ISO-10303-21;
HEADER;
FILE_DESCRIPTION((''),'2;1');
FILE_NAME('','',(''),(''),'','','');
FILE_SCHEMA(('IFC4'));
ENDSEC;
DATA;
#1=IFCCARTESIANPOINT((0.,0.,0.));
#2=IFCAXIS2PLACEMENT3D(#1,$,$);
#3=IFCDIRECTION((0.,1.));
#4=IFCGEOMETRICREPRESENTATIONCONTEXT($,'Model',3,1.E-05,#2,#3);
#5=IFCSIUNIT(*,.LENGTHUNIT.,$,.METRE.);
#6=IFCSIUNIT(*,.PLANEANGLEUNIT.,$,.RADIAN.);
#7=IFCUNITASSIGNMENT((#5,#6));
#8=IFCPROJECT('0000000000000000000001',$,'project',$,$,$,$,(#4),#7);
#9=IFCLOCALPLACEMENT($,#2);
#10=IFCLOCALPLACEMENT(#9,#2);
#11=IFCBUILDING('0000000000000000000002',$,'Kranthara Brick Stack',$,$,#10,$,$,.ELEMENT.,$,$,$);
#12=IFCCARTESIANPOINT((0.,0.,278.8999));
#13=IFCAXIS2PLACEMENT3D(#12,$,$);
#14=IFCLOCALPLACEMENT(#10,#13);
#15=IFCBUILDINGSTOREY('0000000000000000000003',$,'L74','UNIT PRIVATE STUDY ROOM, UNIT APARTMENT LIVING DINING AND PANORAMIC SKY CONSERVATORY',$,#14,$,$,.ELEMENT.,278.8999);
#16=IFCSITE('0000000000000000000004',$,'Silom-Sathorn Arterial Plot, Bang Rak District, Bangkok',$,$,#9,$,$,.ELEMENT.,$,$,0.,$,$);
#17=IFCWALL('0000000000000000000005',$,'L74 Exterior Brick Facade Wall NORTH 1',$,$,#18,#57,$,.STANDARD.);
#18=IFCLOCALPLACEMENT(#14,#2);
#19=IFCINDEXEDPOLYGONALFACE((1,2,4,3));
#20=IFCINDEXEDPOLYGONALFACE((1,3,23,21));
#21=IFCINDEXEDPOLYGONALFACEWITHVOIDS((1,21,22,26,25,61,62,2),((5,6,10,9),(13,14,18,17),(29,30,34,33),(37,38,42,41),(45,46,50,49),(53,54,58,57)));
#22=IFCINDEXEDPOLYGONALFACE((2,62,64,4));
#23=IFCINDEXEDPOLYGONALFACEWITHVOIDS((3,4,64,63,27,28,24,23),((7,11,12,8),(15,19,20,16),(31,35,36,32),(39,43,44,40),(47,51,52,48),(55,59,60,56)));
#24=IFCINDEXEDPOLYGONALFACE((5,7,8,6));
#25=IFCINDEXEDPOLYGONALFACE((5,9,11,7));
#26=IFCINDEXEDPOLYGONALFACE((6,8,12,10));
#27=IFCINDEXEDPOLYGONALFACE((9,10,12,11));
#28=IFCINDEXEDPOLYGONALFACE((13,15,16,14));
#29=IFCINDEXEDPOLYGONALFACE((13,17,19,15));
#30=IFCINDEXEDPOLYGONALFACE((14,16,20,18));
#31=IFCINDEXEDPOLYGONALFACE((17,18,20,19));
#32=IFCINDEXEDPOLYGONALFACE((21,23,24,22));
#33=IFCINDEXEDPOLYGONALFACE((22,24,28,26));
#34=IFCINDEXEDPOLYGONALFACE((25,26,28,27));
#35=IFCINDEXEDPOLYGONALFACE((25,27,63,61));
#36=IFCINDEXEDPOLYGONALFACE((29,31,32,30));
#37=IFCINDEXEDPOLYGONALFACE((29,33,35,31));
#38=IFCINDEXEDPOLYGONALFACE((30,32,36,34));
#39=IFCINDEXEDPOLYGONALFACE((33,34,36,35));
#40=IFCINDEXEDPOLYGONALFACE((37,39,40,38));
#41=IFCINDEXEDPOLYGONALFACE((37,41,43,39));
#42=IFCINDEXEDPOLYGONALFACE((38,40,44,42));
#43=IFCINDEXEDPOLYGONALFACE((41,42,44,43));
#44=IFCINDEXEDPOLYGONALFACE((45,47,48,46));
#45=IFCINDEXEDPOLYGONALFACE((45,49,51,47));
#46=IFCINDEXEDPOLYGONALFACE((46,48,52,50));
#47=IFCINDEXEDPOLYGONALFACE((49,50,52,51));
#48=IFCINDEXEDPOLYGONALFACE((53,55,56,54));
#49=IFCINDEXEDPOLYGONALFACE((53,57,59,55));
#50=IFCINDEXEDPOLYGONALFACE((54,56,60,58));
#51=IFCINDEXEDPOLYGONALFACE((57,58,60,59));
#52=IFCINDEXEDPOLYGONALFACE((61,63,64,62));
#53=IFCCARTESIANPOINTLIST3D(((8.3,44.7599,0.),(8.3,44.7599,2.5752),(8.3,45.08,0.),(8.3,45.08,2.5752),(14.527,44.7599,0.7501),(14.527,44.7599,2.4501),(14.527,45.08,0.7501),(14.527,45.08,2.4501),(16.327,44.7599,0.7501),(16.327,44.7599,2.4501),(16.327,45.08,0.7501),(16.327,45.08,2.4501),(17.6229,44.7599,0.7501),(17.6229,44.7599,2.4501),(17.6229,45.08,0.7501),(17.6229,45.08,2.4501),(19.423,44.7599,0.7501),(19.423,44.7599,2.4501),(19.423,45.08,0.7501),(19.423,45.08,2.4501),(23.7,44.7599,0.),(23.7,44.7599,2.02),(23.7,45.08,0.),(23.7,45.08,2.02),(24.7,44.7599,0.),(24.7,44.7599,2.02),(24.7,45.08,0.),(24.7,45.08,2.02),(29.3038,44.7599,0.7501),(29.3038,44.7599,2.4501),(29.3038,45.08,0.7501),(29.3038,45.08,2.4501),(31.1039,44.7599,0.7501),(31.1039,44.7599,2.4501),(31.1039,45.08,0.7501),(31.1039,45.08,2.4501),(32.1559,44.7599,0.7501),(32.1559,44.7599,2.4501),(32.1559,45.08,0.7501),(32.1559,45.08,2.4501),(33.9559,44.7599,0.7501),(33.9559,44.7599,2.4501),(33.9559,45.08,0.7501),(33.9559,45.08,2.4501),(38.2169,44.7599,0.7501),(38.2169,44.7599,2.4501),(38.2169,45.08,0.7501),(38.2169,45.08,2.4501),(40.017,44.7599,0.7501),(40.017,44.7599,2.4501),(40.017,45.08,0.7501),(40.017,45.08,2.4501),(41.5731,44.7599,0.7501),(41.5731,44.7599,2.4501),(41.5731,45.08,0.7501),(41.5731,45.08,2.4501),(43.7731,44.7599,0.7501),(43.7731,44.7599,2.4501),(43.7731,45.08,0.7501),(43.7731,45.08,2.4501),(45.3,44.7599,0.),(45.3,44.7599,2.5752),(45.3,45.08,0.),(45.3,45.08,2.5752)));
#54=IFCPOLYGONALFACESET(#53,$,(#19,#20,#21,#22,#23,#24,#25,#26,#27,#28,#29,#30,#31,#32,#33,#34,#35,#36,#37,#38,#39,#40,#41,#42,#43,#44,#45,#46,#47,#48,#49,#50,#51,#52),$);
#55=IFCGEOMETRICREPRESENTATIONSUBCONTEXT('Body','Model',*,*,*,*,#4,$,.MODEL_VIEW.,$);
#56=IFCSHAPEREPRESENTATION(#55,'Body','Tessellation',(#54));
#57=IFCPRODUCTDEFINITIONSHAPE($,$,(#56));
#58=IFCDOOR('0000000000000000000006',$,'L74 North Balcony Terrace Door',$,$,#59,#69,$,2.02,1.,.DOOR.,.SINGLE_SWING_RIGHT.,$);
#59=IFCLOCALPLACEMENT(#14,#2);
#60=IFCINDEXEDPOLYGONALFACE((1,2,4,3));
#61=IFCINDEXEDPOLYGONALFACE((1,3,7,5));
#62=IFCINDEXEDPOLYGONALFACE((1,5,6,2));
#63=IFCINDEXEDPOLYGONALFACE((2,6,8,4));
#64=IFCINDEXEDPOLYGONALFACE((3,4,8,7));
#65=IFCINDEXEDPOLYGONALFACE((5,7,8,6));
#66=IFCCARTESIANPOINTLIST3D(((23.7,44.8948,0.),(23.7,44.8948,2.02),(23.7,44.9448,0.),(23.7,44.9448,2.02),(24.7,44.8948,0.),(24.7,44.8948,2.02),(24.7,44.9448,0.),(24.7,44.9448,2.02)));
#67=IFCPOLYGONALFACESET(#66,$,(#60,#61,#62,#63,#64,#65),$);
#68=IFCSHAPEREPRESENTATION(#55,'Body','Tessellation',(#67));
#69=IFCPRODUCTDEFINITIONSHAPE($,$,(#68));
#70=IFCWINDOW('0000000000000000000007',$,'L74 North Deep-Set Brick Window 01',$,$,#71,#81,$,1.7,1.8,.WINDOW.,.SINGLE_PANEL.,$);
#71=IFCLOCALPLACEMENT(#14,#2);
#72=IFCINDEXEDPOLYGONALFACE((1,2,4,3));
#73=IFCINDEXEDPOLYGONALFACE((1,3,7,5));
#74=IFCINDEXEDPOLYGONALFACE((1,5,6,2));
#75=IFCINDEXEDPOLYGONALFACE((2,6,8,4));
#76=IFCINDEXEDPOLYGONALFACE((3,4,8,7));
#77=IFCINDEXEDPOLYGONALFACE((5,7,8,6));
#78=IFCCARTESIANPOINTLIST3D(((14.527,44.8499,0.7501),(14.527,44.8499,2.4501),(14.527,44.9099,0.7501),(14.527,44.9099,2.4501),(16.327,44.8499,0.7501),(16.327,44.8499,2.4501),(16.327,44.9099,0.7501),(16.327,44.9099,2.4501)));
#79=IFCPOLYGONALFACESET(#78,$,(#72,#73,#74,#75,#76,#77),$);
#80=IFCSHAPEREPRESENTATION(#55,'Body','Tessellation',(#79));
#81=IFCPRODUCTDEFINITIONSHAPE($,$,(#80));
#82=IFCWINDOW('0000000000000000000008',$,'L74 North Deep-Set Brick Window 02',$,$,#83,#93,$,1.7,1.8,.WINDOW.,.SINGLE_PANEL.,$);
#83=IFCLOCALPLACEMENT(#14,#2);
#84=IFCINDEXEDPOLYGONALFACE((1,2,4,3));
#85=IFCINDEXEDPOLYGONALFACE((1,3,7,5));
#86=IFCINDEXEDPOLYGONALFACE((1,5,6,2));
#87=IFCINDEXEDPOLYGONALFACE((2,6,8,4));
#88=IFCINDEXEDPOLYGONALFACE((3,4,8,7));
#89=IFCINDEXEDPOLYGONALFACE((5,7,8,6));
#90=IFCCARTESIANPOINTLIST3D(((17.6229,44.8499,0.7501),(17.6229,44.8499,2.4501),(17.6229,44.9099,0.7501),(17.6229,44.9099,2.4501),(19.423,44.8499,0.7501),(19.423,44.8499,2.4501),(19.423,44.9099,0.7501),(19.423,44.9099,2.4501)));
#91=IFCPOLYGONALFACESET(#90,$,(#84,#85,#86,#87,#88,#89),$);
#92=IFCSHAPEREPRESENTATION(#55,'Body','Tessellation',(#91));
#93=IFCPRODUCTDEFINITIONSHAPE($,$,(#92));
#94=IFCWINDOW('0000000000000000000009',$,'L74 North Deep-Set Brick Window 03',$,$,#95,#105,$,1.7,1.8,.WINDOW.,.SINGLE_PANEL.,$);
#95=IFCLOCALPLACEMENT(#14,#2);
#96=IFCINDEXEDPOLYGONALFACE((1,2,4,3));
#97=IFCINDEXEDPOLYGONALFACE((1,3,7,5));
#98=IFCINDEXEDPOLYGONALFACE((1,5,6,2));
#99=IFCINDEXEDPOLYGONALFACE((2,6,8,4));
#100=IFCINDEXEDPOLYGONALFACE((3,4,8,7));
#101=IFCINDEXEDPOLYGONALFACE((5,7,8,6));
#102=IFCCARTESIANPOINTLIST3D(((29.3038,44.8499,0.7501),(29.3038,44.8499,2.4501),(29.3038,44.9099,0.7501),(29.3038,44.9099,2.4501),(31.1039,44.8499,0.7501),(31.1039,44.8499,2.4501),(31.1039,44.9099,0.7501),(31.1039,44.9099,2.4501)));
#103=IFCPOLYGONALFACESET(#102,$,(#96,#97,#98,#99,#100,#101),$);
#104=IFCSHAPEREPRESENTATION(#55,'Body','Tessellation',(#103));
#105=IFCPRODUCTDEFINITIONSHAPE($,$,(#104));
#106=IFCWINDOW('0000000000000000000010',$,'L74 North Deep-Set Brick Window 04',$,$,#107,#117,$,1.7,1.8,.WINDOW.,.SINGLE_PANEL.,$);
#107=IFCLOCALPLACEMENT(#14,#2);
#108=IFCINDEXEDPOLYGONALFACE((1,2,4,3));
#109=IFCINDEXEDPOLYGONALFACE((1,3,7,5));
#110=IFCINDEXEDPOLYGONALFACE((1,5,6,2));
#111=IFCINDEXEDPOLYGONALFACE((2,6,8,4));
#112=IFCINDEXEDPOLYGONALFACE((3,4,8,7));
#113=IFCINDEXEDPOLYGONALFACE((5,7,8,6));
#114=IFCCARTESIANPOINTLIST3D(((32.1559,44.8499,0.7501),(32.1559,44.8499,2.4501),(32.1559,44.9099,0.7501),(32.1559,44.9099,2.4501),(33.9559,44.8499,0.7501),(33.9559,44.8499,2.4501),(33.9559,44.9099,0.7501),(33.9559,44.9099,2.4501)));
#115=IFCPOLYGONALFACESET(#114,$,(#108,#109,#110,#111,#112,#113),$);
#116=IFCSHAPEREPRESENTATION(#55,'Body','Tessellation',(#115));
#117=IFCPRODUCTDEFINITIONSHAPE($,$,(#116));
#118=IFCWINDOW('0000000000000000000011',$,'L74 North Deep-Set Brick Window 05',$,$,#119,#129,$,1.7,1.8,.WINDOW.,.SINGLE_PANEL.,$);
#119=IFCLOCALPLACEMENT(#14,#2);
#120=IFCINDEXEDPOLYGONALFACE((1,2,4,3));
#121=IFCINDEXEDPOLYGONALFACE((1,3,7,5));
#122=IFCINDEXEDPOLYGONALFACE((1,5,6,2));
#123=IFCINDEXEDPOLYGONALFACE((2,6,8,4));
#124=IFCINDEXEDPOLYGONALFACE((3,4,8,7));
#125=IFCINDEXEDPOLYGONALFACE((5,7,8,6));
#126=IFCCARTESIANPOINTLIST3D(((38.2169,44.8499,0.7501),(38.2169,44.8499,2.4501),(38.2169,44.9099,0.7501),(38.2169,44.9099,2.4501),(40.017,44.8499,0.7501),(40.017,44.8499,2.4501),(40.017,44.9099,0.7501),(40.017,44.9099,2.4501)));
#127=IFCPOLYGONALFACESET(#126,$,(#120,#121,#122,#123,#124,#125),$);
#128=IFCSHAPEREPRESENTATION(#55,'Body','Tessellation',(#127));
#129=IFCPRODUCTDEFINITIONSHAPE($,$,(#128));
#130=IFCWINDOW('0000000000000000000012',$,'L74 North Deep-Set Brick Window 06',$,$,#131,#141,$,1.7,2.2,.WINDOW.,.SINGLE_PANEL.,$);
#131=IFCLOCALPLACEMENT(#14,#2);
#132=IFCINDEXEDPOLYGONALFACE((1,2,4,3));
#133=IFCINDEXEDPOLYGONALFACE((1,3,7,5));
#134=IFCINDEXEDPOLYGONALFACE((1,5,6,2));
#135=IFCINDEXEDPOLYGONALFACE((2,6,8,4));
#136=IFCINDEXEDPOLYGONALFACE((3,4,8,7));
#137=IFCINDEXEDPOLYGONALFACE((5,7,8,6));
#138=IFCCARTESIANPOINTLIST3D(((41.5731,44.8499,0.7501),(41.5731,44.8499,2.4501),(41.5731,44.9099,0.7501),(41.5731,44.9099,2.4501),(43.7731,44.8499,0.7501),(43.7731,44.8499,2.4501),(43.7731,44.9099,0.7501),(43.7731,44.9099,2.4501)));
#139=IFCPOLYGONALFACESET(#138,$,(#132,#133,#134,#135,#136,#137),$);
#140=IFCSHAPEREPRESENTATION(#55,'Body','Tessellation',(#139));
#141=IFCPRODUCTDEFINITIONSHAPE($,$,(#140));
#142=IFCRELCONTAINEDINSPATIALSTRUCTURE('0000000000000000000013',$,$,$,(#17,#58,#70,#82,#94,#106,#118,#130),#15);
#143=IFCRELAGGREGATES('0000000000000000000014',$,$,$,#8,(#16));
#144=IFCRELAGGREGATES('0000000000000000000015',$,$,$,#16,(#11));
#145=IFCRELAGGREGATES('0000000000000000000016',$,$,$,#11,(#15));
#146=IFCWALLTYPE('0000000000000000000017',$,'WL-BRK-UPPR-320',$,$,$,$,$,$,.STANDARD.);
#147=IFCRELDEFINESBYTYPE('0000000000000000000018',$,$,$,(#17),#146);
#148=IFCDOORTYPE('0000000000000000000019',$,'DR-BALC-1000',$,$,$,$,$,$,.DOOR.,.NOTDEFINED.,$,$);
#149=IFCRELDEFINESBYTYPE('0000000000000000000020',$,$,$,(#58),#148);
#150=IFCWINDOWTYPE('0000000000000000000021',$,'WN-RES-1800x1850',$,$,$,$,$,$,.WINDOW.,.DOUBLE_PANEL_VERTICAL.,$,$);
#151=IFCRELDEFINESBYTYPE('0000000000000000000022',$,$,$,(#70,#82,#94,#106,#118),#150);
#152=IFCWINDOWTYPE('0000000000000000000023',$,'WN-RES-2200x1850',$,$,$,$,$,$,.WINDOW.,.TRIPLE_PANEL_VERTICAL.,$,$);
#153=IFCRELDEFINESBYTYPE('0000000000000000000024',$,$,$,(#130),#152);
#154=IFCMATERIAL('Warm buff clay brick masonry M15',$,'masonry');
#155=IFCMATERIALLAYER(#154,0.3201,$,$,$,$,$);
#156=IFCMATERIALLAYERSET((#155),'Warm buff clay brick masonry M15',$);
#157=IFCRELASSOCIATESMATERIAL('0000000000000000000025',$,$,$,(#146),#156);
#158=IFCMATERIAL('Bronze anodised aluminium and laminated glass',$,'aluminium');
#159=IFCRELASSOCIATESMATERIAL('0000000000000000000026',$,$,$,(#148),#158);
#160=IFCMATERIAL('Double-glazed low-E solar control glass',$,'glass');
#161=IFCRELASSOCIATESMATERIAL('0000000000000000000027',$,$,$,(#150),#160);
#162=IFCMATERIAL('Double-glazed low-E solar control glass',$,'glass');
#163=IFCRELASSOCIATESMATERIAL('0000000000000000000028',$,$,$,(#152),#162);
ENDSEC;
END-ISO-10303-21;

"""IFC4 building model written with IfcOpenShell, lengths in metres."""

from ifc_helpers import new_model, si_unit, direction, frame, frame_2d, origin, place, context, subcontext, project, spatial, rectangle, extrude, material, layer, layer_set, type_object, element, fill, save


model = new_model("IFC4")

# Units and contexts
model_context = context("Model", 3, precision=1e-05, world=origin(), true_north=direction((0.0, 1.0)))
body_context = subcontext(model_context, "Body", "Model", "MODEL_VIEW")
ifc_project = project(units=[si_unit("LENGTHUNIT", "METRE"), si_unit("PLANEANGLEUNIT", "RADIAN")], contexts=[model_context])

# Site, building, storey
site_placement = place(None, origin())
site = spatial("IfcSite", under=ifc_project, at=site_placement, Name="Silom-Sathorn Arterial Plot, Bang Rak District, Bangkok", CompositionType="ELEMENT", RefElevation=0.0)
building_placement = place(site_placement, origin())
building = spatial("IfcBuilding", under=site, at=building_placement, Name="Kranthara Brick Stack", CompositionType="ELEMENT")
storey_placement = place(building_placement, frame((0.0, 0.0, 278.8999)))
storey = spatial("IfcBuildingStorey", under=building, at=storey_placement, Name="L74", Description="UNIT PRIVATE STUDY ROOM, UNIT APARTMENT LIVING DINING AND PANORAMIC SKY CONSERVATORY", CompositionType="ELEMENT", Elevation=278.8999)

# Wall, openings, door, windows
ifc_material_1 = material(Name="Warm buff clay brick masonry M15", Category="masonry")
ifc_layer_1 = layer(ifc_material_1, 0.3201)
ifc_layer_set_1 = layer_set([ifc_layer_1], Name="Warm buff clay brick masonry M15")
wall_type_1 = type_object("IfcWallType", Name="WL-BRK-UPPR-320", PredefinedType="STANDARD", material=ifc_layer_set_1)
wall_1_placement = place(storey_placement, frame((8.3, 44.9199, 0.0), z_axis=(0.0, 0.0, 1.0), x_axis=(1.0, 0.0, 0.0)))
wall_1 = element("IfcWall", 1, at=wall_1_placement, inside=storey, type_object=wall_type_1, Name="L74 Exterior Brick Facade Wall NORTH 1", PredefinedType="STANDARD", context=body_context, shape_type="SweptSolid", body=[
    extrude(rectangle(XDim=37.0, YDim=0.3201, at=frame_2d((18.5, 0.0))), origin(), (0.0, 0.0, 1.0), 2.5752),
])
opening_1_placement = place(wall_1_placement, frame((15.3999, 0.0, 0.0)))
opening_1 = element("IfcOpeningElement", 2, at=opening_1_placement, cuts=wall_1, PredefinedType="OPENING", context=body_context, shape_type="SweptSolid", body=[
    extrude(rectangle(XDim=1.0, YDim=2.02, at=frame_2d((0.5, 1.01))), frame((0.0, 0.1699, 0.0), z_axis=(0.0, -1.0, 0.0), x_axis=(1.0, 0.0, 0.0)), (0.0, 0.0, 1.0), 0.3401),
])
opening_2_placement = place(wall_1_placement, frame((6.2271, 0.0, 0.75)))
opening_2 = element("IfcOpeningElement", 3, at=opening_2_placement, cuts=wall_1, PredefinedType="OPENING", context=body_context, shape_type="SweptSolid", body=[
    extrude(rectangle(XDim=1.8, YDim=1.7, at=frame_2d((0.8999, 0.8501))), frame((0.0, 0.1699, 0.0), z_axis=(0.0, -1.0, 0.0), x_axis=(1.0, 0.0, 0.0)), (0.0, 0.0, 1.0), 0.3401),
])
opening_3_placement = place(wall_1_placement, frame((9.323, 0.0, 0.75)))
opening_3 = element("IfcOpeningElement", 4, at=opening_3_placement, cuts=wall_1, PredefinedType="OPENING", context=body_context, shape_type="SweptSolid", body=[
    extrude(rectangle(XDim=1.8, YDim=1.7, at=frame_2d((0.8999, 0.8501))), frame((0.0, 0.1699, 0.0), z_axis=(0.0, -1.0, 0.0), x_axis=(1.0, 0.0, 0.0)), (0.0, 0.0, 1.0), 0.3401),
])
opening_4_placement = place(wall_1_placement, frame((21.0039, 0.0, 0.75)))
opening_4 = element("IfcOpeningElement", 5, at=opening_4_placement, cuts=wall_1, PredefinedType="OPENING", context=body_context, shape_type="SweptSolid", body=[
    extrude(rectangle(XDim=1.8, YDim=1.7, at=frame_2d((0.8999, 0.8501))), frame((0.0, 0.1699, 0.0), z_axis=(0.0, -1.0, 0.0), x_axis=(1.0, 0.0, 0.0)), (0.0, 0.0, 1.0), 0.3401),
])
opening_5_placement = place(wall_1_placement, frame((23.856, 0.0, 0.75)))
opening_5 = element("IfcOpeningElement", 6, at=opening_5_placement, cuts=wall_1, PredefinedType="OPENING", context=body_context, shape_type="SweptSolid", body=[
    extrude(rectangle(XDim=1.8, YDim=1.7, at=frame_2d((0.8999, 0.8501))), frame((0.0, 0.1699, 0.0), z_axis=(0.0, -1.0, 0.0), x_axis=(1.0, 0.0, 0.0)), (0.0, 0.0, 1.0), 0.3401),
])
opening_6_placement = place(wall_1_placement, frame((29.917, 0.0, 0.75)))
opening_6 = element("IfcOpeningElement", 7, at=opening_6_placement, cuts=wall_1, PredefinedType="OPENING", context=body_context, shape_type="SweptSolid", body=[
    extrude(rectangle(XDim=1.8, YDim=1.7, at=frame_2d((0.8999, 0.8501))), frame((0.0, 0.1699, 0.0), z_axis=(0.0, -1.0, 0.0), x_axis=(1.0, 0.0, 0.0)), (0.0, 0.0, 1.0), 0.3401),
])
opening_7_placement = place(wall_1_placement, frame((33.2729, 0.0, 0.75)))
opening_7 = element("IfcOpeningElement", 8, at=opening_7_placement, cuts=wall_1, PredefinedType="OPENING", context=body_context, shape_type="SweptSolid", body=[
    extrude(rectangle(XDim=2.2, YDim=1.7, at=frame_2d((1.1001, 0.8501))), frame((0.0, 0.1699, 0.0), z_axis=(0.0, -1.0, 0.0), x_axis=(1.0, 0.0, 0.0)), (0.0, 0.0, 1.0), 0.3401),
])
ifc_material_2 = material(Name="Bronze anodised aluminium and laminated glass", Category="aluminium")
door_type_1 = type_object("IfcDoorType", Name="DR-BALC-1000", OperationType="NOTDEFINED", PredefinedType="DOOR", material=ifc_material_2)
door_1_placement = place(opening_1_placement, origin())
door_1 = element("IfcDoor", 9, at=door_1_placement, inside=storey, type_object=door_type_1, Name="L74 North Balcony Terrace Door", OperationType="SINGLE_SWING_RIGHT", OverallHeight=2.02, OverallWidth=1.0, PredefinedType="DOOR", context=body_context, shape_type="SweptSolid", body=[
    extrude(rectangle(XDim=1.0, YDim=2.02, at=frame_2d((0.5, 1.01))), frame((0.0, 0.0249, 0.0), z_axis=(0.0, -1.0, 0.0), x_axis=(1.0, 0.0, 0.0)), (0.0, 0.0, 1.0), 0.05),
])
fill(opening_1, door_1)
ifc_material_3 = material(Name="Double-glazed low-E solar control glass", Category="glass")
window_type_1 = type_object("IfcWindowType", Name="WN-RES-1800x1850", PartitioningType="DOUBLE_PANEL_VERTICAL", PredefinedType="WINDOW", material=ifc_material_3)
window_1_placement = place(opening_2_placement, origin())
window_1 = element("IfcWindow", 10, at=window_1_placement, inside=storey, type_object=window_type_1, Name="L74 North Deep-Set Brick Window 01", OverallHeight=1.7, OverallWidth=1.8, PartitioningType="SINGLE_PANEL", PredefinedType="WINDOW", context=body_context, shape_type="SweptSolid", body=[
    extrude(rectangle(XDim=1.8, YDim=1.7, at=frame_2d((0.8999, 0.8501))), frame((0.0, -0.01, 0.0), z_axis=(0.0, -1.0, 0.0), x_axis=(1.0, 0.0, 0.0)), (0.0, 0.0, 1.0), 0.0601),
])
fill(opening_2, window_1)
window_2_placement = place(opening_3_placement, origin())
window_2 = element("IfcWindow", 11, at=window_2_placement, inside=storey, type_object=window_type_1, Name="L74 North Deep-Set Brick Window 02", OverallHeight=1.7, OverallWidth=1.8, PartitioningType="SINGLE_PANEL", PredefinedType="WINDOW", context=body_context, shape_type="SweptSolid", body=[
    extrude(rectangle(XDim=1.8, YDim=1.7, at=frame_2d((0.8999, 0.8501))), frame((0.0, -0.01, 0.0), z_axis=(0.0, -1.0, 0.0), x_axis=(1.0, 0.0, 0.0)), (0.0, 0.0, 1.0), 0.0601),
])
fill(opening_3, window_2)
window_3_placement = place(opening_4_placement, origin())
window_3 = element("IfcWindow", 12, at=window_3_placement, inside=storey, type_object=window_type_1, Name="L74 North Deep-Set Brick Window 03", OverallHeight=1.7, OverallWidth=1.8, PartitioningType="SINGLE_PANEL", PredefinedType="WINDOW", context=body_context, shape_type="SweptSolid", body=[
    extrude(rectangle(XDim=1.8, YDim=1.7, at=frame_2d((0.8999, 0.8501))), frame((0.0, -0.01, 0.0), z_axis=(0.0, -1.0, 0.0), x_axis=(1.0, 0.0, 0.0)), (0.0, 0.0, 1.0), 0.0601),
])
fill(opening_4, window_3)
window_4_placement = place(opening_5_placement, origin())
window_4 = element("IfcWindow", 13, at=window_4_placement, inside=storey, type_object=window_type_1, Name="L74 North Deep-Set Brick Window 04", OverallHeight=1.7, OverallWidth=1.8, PartitioningType="SINGLE_PANEL", PredefinedType="WINDOW", context=body_context, shape_type="SweptSolid", body=[
    extrude(rectangle(XDim=1.8, YDim=1.7, at=frame_2d((0.8999, 0.8501))), frame((0.0, -0.01, 0.0), z_axis=(0.0, -1.0, 0.0), x_axis=(1.0, 0.0, 0.0)), (0.0, 0.0, 1.0), 0.0601),
])
fill(opening_5, window_4)
window_5_placement = place(opening_6_placement, origin())
window_5 = element("IfcWindow", 14, at=window_5_placement, inside=storey, type_object=window_type_1, Name="L74 North Deep-Set Brick Window 05", OverallHeight=1.7, OverallWidth=1.8, PartitioningType="SINGLE_PANEL", PredefinedType="WINDOW", context=body_context, shape_type="SweptSolid", body=[
    extrude(rectangle(XDim=1.8, YDim=1.7, at=frame_2d((0.8999, 0.8501))), frame((0.0, -0.01, 0.0), z_axis=(0.0, -1.0, 0.0), x_axis=(1.0, 0.0, 0.0)), (0.0, 0.0, 1.0), 0.0601),
])
fill(opening_6, window_5)
ifc_material_4 = material(Name="Double-glazed low-E solar control glass", Category="glass")
window_type_2 = type_object("IfcWindowType", Name="WN-RES-2200x1850", PartitioningType="TRIPLE_PANEL_VERTICAL", PredefinedType="WINDOW", material=ifc_material_4)
window_6_placement = place(opening_7_placement, origin())
window_6 = element("IfcWindow", 15, at=window_6_placement, inside=storey, type_object=window_type_2, Name="L74 North Deep-Set Brick Window 06", OverallHeight=1.7, OverallWidth=2.2, PartitioningType="SINGLE_PANEL", PredefinedType="WINDOW", context=body_context, shape_type="SweptSolid", body=[
    extrude(rectangle(XDim=2.2, YDim=1.7, at=frame_2d((1.1001, 0.8501))), frame((0.0, -0.01, 0.0), z_axis=(0.0, -1.0, 0.0), x_axis=(1.0, 0.0, 0.0)), (0.0, 0.0, 1.0), 0.0601),
])
fill(opening_7, window_6)

save(model, "model.ifc")
